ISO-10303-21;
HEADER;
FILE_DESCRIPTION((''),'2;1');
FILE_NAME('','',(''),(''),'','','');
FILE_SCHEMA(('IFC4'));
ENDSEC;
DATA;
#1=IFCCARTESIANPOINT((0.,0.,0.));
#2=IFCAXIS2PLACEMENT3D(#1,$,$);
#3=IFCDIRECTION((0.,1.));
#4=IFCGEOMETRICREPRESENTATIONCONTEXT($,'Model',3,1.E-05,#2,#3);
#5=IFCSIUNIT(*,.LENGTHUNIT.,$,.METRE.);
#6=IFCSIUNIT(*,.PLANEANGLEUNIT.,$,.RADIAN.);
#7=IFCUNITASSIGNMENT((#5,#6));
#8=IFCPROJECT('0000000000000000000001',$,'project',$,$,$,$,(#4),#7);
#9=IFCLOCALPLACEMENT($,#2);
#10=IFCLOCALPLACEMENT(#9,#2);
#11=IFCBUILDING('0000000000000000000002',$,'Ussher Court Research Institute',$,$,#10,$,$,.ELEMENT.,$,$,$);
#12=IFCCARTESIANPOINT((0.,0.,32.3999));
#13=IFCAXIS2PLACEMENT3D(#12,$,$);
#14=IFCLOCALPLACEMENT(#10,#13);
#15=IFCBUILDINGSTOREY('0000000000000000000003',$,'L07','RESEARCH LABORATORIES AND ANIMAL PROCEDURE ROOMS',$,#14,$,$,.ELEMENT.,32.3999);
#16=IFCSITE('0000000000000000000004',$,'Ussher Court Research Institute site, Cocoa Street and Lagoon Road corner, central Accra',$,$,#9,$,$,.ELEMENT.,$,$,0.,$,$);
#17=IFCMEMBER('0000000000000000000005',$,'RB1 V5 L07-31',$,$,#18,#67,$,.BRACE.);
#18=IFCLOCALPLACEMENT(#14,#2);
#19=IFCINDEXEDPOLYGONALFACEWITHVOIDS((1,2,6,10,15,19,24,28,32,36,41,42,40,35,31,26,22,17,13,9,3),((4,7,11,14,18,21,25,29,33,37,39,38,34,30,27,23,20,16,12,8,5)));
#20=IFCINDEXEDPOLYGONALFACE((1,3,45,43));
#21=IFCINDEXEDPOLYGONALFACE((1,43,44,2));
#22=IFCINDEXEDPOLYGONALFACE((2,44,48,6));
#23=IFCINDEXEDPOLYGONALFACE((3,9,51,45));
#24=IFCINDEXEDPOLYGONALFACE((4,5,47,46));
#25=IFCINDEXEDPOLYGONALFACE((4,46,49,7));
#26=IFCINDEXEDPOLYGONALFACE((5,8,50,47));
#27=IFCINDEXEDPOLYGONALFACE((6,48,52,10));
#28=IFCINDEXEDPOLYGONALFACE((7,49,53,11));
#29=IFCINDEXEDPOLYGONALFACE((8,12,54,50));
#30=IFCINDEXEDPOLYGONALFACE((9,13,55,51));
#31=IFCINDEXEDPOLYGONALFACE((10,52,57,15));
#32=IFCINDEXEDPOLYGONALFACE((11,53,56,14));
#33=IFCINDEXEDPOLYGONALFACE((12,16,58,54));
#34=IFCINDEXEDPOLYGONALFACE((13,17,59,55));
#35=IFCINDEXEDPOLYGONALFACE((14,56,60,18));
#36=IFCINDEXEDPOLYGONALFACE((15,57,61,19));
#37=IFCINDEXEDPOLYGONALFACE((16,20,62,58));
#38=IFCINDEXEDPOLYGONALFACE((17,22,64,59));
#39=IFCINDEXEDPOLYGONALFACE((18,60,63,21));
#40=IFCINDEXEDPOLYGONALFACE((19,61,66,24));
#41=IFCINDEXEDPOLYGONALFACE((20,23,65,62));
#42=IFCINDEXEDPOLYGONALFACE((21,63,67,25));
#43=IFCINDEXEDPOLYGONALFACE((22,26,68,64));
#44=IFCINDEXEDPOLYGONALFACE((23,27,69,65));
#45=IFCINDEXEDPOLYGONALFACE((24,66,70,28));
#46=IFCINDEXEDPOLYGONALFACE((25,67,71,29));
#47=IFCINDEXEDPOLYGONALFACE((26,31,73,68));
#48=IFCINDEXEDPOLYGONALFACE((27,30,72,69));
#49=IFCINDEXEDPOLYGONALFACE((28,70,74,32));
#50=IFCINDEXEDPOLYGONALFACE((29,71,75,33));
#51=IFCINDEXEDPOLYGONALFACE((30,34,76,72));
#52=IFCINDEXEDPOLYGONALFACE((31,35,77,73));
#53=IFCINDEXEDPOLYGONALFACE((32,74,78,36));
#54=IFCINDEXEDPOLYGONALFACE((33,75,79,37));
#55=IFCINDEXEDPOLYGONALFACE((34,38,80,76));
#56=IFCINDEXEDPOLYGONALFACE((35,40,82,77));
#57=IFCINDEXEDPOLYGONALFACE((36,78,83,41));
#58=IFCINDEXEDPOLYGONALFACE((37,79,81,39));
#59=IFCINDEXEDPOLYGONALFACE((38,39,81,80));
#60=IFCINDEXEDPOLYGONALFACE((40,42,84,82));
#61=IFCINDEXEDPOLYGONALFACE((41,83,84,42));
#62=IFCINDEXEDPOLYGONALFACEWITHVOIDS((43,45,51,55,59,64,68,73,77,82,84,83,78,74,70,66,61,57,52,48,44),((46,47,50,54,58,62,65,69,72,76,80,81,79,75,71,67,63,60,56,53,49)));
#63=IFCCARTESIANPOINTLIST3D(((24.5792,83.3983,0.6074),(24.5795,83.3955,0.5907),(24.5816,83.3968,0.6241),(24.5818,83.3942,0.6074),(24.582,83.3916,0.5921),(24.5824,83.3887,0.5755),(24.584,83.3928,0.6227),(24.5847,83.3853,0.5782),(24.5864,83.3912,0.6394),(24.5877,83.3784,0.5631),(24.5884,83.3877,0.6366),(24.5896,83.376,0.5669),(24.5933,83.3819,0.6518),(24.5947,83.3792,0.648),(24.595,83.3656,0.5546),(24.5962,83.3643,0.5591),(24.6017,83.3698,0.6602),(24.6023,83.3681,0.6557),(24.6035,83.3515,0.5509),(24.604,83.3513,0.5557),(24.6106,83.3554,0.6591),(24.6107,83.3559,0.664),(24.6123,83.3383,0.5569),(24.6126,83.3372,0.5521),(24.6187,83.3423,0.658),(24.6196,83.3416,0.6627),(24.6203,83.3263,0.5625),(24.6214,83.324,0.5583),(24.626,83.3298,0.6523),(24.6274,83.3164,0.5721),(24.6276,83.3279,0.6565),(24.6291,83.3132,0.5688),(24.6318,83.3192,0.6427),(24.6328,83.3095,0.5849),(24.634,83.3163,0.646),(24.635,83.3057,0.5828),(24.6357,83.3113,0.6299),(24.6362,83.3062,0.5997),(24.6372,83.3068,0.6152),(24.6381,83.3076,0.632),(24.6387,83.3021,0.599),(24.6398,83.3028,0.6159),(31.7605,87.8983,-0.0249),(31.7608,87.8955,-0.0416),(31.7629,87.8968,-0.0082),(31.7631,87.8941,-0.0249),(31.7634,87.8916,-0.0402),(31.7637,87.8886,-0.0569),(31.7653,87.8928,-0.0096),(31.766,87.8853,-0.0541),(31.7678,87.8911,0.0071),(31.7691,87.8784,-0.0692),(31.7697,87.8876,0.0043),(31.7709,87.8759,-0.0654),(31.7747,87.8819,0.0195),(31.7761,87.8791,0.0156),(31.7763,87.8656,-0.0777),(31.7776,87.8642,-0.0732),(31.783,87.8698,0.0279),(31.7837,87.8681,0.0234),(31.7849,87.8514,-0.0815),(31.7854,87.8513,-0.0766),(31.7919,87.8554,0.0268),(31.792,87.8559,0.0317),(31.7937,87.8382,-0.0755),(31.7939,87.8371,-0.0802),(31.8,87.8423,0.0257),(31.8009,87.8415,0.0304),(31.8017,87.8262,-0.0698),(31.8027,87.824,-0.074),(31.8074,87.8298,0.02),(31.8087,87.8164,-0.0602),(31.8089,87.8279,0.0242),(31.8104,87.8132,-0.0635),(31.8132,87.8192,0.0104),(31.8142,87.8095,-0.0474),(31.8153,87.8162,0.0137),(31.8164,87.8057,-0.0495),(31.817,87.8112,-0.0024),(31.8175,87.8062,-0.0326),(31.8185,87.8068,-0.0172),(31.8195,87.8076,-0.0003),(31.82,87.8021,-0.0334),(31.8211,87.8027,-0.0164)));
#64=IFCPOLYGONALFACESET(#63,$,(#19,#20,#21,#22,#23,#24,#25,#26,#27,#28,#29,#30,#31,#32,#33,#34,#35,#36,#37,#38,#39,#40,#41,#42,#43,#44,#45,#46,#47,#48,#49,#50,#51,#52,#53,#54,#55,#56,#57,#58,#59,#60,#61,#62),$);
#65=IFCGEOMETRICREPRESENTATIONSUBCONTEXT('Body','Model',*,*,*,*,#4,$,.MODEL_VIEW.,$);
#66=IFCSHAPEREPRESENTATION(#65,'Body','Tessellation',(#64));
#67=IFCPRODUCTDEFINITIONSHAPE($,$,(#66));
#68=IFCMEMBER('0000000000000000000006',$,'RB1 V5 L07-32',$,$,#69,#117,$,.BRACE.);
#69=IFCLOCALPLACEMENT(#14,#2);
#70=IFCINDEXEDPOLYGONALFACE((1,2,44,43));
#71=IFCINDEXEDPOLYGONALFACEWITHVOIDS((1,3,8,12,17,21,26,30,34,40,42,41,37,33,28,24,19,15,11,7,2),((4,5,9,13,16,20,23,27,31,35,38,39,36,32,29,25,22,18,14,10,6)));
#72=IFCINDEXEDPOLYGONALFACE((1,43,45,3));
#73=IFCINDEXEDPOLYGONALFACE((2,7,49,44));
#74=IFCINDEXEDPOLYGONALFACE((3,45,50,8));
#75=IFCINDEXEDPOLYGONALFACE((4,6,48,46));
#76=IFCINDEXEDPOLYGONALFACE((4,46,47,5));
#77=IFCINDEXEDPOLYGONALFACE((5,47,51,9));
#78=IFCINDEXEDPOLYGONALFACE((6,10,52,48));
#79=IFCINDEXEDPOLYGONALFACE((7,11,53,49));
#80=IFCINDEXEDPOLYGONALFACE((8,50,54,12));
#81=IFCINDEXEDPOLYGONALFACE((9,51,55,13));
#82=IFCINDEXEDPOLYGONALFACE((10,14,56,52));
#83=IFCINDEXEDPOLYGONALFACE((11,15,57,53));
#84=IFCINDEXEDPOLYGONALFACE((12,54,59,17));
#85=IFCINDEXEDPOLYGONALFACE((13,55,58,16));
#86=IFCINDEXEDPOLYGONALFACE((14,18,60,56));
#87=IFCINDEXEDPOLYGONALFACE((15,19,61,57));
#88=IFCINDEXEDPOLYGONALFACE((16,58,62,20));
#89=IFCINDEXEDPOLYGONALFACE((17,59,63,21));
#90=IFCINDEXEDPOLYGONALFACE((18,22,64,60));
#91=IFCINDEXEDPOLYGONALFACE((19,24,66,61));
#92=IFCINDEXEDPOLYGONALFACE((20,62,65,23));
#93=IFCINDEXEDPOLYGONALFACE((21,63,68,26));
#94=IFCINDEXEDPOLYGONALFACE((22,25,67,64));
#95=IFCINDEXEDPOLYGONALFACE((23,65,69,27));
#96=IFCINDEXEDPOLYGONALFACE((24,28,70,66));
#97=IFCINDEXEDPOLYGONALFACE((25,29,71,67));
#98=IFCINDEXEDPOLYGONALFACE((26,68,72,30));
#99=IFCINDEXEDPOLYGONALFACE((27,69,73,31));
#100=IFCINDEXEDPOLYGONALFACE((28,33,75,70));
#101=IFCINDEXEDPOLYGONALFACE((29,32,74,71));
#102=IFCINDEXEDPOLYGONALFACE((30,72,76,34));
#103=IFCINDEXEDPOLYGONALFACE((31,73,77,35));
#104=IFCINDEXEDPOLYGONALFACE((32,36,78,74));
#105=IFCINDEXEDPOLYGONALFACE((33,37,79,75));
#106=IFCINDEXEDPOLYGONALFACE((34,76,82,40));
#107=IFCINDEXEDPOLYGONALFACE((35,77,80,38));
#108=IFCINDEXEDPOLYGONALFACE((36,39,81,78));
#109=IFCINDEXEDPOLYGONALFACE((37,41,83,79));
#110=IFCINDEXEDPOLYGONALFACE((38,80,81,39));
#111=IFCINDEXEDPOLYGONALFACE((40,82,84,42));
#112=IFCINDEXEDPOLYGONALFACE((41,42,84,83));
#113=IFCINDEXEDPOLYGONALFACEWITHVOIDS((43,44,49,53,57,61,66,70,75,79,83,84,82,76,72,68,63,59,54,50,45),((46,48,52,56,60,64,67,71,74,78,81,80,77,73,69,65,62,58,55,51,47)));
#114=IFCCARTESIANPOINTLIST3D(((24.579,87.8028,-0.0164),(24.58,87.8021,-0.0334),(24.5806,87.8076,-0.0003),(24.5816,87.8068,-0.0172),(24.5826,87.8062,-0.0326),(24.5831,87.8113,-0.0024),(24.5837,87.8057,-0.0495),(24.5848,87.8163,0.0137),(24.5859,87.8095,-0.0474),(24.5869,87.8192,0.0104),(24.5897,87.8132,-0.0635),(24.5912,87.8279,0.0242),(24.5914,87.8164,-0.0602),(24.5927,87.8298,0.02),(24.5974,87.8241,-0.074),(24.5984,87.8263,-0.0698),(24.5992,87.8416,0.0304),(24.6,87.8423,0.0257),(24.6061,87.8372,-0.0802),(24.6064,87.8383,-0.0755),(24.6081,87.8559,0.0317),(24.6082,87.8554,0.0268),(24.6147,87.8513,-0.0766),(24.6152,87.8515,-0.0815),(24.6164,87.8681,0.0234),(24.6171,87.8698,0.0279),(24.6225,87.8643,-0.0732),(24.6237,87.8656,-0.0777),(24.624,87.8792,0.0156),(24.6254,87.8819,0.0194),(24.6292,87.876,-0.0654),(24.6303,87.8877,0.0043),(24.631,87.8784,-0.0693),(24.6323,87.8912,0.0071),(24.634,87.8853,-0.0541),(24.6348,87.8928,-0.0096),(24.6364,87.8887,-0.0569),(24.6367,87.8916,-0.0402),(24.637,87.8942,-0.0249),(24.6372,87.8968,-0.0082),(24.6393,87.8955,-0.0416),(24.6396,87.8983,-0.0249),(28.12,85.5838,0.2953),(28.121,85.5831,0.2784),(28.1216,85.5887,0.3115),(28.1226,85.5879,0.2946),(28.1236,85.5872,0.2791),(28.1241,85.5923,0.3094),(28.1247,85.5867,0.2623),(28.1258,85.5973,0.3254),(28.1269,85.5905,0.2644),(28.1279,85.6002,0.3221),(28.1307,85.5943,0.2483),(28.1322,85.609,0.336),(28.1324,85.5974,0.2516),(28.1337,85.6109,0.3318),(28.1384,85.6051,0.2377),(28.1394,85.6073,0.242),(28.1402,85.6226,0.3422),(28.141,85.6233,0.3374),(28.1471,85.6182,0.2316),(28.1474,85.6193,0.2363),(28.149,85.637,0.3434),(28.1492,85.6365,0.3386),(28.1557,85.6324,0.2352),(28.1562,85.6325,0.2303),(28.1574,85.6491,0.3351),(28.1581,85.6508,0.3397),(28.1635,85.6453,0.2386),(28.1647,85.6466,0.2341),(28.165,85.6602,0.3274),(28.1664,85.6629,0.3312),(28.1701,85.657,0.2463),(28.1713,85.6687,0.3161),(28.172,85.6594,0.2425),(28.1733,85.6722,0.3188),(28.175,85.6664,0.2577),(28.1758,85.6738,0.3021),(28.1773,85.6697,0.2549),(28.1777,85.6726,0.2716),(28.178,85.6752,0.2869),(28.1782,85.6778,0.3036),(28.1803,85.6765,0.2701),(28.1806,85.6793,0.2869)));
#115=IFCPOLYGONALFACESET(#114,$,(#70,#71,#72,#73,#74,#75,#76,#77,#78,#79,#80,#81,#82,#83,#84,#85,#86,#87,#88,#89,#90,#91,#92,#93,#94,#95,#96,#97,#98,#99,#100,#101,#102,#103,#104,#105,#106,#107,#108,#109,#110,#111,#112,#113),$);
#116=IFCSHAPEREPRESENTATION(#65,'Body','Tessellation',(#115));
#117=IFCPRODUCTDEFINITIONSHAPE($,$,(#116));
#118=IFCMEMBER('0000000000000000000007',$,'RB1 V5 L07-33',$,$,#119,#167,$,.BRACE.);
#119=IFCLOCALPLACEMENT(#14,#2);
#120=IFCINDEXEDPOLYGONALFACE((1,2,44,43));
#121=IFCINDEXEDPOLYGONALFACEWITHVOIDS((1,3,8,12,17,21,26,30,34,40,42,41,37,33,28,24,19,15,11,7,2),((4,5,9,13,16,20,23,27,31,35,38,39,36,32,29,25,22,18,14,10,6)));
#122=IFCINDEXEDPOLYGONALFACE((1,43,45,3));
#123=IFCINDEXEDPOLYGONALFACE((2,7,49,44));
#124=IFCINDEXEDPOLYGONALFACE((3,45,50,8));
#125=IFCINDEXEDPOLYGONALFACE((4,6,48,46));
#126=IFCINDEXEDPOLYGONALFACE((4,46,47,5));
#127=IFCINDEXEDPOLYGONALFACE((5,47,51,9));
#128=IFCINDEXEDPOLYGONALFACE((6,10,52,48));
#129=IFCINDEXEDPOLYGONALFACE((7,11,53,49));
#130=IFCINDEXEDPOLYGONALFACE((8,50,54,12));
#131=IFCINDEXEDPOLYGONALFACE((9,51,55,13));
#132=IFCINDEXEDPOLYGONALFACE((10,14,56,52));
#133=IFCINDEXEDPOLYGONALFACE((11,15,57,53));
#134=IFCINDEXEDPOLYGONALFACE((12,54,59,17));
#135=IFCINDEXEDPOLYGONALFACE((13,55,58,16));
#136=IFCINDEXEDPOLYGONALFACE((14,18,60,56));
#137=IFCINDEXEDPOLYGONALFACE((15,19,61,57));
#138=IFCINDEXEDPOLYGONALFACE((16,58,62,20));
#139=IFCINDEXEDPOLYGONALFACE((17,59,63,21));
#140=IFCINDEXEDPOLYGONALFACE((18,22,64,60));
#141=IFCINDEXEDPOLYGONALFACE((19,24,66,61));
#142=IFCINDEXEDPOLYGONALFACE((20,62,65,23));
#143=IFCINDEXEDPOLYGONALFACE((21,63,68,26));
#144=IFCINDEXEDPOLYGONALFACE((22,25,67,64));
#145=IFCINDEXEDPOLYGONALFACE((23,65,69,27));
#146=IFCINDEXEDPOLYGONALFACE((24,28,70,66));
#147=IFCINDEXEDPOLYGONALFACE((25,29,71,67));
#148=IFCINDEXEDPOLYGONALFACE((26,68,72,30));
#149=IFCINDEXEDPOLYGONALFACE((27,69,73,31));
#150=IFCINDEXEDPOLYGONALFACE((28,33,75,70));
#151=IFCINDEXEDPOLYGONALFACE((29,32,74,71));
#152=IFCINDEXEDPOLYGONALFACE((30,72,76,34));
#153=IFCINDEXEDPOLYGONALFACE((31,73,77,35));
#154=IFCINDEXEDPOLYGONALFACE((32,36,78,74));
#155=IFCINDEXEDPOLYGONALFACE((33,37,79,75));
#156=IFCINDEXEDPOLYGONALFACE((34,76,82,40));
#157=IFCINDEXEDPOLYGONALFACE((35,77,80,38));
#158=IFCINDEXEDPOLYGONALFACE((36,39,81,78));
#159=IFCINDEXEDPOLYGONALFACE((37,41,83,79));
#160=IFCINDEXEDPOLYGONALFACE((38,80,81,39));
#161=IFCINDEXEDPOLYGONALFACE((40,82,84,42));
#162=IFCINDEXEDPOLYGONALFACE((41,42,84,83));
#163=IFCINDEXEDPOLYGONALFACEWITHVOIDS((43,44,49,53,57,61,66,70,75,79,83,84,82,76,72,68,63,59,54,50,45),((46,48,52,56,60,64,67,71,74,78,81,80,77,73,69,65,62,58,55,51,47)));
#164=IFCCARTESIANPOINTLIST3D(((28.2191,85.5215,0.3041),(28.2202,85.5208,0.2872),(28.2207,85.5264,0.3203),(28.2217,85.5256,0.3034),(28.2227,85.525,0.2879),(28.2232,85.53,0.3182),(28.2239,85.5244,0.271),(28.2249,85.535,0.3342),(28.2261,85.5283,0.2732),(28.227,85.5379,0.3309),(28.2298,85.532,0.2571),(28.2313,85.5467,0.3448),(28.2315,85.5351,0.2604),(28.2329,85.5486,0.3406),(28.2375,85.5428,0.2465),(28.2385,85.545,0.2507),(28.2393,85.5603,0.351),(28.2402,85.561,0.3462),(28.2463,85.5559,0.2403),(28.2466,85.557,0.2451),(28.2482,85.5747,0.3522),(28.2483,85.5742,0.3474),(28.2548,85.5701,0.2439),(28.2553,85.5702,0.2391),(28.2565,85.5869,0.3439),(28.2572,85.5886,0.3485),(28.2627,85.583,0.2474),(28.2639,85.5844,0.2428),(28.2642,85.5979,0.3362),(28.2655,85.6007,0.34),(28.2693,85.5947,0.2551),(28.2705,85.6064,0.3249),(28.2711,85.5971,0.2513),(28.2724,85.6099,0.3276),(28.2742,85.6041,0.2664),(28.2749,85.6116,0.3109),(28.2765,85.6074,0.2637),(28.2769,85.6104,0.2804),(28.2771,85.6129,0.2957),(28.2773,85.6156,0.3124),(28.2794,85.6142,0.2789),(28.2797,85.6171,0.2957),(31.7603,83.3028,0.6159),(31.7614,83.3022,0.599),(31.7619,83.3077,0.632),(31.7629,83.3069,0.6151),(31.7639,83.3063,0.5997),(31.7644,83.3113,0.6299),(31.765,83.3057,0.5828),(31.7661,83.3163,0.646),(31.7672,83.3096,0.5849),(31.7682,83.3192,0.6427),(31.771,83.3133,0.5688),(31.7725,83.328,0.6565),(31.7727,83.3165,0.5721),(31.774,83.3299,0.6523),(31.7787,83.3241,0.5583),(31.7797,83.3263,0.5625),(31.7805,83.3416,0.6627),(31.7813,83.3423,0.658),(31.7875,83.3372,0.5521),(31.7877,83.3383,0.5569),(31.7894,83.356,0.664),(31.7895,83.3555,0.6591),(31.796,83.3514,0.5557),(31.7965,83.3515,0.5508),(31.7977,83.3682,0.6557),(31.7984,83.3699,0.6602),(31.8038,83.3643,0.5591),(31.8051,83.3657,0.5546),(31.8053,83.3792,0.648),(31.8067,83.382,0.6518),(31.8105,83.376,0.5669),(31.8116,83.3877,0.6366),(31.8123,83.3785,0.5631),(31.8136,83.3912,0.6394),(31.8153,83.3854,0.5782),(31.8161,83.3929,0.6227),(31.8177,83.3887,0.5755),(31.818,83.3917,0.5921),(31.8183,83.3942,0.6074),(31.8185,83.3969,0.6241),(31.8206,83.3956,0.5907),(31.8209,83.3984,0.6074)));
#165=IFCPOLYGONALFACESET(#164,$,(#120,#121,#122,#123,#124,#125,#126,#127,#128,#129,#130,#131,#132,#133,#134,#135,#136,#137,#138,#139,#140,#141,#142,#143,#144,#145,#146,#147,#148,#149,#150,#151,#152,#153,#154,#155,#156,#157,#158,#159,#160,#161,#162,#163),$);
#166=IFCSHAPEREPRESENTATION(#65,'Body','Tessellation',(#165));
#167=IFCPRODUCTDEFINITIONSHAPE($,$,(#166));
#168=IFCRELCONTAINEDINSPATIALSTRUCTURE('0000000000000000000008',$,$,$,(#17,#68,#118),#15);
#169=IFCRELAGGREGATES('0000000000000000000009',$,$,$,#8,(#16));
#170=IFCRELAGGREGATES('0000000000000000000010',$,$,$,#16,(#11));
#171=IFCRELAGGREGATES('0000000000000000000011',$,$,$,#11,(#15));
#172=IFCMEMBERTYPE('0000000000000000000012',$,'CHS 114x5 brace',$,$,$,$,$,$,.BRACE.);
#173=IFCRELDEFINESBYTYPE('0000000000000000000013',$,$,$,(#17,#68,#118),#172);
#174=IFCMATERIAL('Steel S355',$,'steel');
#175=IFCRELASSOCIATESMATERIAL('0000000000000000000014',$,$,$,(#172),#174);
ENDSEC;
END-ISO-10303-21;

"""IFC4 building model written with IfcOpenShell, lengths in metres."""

from ifc_helpers import new_model, si_unit, direction, frame, origin, origin_2d, place, context, subcontext, project, spatial, hollow_circle, extrude, material, material_profile, profile_set, type_object, element, save


model = new_model("IFC4")

# Units and contexts
model_context = context("Model", 3, precision=1e-05, world=origin(), true_north=direction((0.0, 1.0)))
body_context = subcontext(model_context, "Body", "Model", "MODEL_VIEW")
ifc_project = project(units=[si_unit("LENGTHUNIT", "METRE"), si_unit("PLANEANGLEUNIT", "RADIAN")], contexts=[model_context])

# Site, building, storey
site_placement = place(None, origin())
site = spatial("IfcSite", under=ifc_project, at=site_placement, Name="Ussher Court Research Institute site, Cocoa Street and Lagoon Road corner, central Accra", CompositionType="ELEMENT", RefElevation=0.0)
building_placement = place(site_placement, origin())
building = spatial("IfcBuilding", under=site, at=building_placement, Name="Ussher Court Research Institute", CompositionType="ELEMENT")
storey_placement = place(building_placement, frame((0.0, 0.0, 32.3999)))
storey = spatial("IfcBuildingStorey", under=building, at=storey_placement, Name="L07", Description="RESEARCH LABORATORIES AND ANIMAL PROCEDURE ROOMS", CompositionType="ELEMENT", Elevation=32.3999)

# Members
ifc_material_1 = material(Name="Steel S355", Category="steel")
ifc_material_profile_1 = material_profile(ifc_material_1, hollow_circle(Radius=0.0569, WallThickness=0.0049, at=origin_2d()), Name="CHS 114x5")
ifc_profile_set_1 = profile_set([ifc_material_profile_1], Name="Steel S355")
member_type_1 = type_object("IfcMemberType", Name="CHS 114x5 brace", PredefinedType="BRACE", material=ifc_profile_set_1)
member_1_placement = place(storey_placement, frame((24.6094, 83.3501, 0.6074), z_axis=(0.845032, 0.529513, -0.074405), x_axis=(-0.530985, 0.847381, 0.0)))
element("IfcMember", 1, at=member_1_placement, inside=storey, type_object=member_type_1, Name="RB1 V5 L07-31", PredefinedType="BRACE", context=body_context, shape_type="SweptSolid", body=[
    extrude(hollow_circle(Radius=0.0569, WallThickness=0.0049, at=origin_2d()), origin(), (0.0, 0.0, 1.0), 8.4983),
])
for number, where, z_axis, x_axis, name in (
    (2, (24.6094, 87.8501, -0.0249), (0.845019, -0.529535, 0.074399), (0.531007, 0.847368, 0.0), "RB1 V5 L07-32"),
    (3, (28.2495, 85.5688, 0.2957), (0.845062, -0.529467, 0.074398), (0.530939, 0.84741, 0.0), "RB1 V5 L07-33"),
):
    element("IfcMember", number, at=place(storey_placement, frame(where, z_axis=z_axis, x_axis=x_axis)), inside=storey, type_object=member_type_1, Name=name, PredefinedType="BRACE", context=body_context, shape_type="SweptSolid", body=[
        extrude(hollow_circle(Radius=0.0569, WallThickness=0.0049, at=origin_2d()), origin(), (0.0, 0.0, 1.0), 4.1904),
    ])

save(model, "model.ifc")
